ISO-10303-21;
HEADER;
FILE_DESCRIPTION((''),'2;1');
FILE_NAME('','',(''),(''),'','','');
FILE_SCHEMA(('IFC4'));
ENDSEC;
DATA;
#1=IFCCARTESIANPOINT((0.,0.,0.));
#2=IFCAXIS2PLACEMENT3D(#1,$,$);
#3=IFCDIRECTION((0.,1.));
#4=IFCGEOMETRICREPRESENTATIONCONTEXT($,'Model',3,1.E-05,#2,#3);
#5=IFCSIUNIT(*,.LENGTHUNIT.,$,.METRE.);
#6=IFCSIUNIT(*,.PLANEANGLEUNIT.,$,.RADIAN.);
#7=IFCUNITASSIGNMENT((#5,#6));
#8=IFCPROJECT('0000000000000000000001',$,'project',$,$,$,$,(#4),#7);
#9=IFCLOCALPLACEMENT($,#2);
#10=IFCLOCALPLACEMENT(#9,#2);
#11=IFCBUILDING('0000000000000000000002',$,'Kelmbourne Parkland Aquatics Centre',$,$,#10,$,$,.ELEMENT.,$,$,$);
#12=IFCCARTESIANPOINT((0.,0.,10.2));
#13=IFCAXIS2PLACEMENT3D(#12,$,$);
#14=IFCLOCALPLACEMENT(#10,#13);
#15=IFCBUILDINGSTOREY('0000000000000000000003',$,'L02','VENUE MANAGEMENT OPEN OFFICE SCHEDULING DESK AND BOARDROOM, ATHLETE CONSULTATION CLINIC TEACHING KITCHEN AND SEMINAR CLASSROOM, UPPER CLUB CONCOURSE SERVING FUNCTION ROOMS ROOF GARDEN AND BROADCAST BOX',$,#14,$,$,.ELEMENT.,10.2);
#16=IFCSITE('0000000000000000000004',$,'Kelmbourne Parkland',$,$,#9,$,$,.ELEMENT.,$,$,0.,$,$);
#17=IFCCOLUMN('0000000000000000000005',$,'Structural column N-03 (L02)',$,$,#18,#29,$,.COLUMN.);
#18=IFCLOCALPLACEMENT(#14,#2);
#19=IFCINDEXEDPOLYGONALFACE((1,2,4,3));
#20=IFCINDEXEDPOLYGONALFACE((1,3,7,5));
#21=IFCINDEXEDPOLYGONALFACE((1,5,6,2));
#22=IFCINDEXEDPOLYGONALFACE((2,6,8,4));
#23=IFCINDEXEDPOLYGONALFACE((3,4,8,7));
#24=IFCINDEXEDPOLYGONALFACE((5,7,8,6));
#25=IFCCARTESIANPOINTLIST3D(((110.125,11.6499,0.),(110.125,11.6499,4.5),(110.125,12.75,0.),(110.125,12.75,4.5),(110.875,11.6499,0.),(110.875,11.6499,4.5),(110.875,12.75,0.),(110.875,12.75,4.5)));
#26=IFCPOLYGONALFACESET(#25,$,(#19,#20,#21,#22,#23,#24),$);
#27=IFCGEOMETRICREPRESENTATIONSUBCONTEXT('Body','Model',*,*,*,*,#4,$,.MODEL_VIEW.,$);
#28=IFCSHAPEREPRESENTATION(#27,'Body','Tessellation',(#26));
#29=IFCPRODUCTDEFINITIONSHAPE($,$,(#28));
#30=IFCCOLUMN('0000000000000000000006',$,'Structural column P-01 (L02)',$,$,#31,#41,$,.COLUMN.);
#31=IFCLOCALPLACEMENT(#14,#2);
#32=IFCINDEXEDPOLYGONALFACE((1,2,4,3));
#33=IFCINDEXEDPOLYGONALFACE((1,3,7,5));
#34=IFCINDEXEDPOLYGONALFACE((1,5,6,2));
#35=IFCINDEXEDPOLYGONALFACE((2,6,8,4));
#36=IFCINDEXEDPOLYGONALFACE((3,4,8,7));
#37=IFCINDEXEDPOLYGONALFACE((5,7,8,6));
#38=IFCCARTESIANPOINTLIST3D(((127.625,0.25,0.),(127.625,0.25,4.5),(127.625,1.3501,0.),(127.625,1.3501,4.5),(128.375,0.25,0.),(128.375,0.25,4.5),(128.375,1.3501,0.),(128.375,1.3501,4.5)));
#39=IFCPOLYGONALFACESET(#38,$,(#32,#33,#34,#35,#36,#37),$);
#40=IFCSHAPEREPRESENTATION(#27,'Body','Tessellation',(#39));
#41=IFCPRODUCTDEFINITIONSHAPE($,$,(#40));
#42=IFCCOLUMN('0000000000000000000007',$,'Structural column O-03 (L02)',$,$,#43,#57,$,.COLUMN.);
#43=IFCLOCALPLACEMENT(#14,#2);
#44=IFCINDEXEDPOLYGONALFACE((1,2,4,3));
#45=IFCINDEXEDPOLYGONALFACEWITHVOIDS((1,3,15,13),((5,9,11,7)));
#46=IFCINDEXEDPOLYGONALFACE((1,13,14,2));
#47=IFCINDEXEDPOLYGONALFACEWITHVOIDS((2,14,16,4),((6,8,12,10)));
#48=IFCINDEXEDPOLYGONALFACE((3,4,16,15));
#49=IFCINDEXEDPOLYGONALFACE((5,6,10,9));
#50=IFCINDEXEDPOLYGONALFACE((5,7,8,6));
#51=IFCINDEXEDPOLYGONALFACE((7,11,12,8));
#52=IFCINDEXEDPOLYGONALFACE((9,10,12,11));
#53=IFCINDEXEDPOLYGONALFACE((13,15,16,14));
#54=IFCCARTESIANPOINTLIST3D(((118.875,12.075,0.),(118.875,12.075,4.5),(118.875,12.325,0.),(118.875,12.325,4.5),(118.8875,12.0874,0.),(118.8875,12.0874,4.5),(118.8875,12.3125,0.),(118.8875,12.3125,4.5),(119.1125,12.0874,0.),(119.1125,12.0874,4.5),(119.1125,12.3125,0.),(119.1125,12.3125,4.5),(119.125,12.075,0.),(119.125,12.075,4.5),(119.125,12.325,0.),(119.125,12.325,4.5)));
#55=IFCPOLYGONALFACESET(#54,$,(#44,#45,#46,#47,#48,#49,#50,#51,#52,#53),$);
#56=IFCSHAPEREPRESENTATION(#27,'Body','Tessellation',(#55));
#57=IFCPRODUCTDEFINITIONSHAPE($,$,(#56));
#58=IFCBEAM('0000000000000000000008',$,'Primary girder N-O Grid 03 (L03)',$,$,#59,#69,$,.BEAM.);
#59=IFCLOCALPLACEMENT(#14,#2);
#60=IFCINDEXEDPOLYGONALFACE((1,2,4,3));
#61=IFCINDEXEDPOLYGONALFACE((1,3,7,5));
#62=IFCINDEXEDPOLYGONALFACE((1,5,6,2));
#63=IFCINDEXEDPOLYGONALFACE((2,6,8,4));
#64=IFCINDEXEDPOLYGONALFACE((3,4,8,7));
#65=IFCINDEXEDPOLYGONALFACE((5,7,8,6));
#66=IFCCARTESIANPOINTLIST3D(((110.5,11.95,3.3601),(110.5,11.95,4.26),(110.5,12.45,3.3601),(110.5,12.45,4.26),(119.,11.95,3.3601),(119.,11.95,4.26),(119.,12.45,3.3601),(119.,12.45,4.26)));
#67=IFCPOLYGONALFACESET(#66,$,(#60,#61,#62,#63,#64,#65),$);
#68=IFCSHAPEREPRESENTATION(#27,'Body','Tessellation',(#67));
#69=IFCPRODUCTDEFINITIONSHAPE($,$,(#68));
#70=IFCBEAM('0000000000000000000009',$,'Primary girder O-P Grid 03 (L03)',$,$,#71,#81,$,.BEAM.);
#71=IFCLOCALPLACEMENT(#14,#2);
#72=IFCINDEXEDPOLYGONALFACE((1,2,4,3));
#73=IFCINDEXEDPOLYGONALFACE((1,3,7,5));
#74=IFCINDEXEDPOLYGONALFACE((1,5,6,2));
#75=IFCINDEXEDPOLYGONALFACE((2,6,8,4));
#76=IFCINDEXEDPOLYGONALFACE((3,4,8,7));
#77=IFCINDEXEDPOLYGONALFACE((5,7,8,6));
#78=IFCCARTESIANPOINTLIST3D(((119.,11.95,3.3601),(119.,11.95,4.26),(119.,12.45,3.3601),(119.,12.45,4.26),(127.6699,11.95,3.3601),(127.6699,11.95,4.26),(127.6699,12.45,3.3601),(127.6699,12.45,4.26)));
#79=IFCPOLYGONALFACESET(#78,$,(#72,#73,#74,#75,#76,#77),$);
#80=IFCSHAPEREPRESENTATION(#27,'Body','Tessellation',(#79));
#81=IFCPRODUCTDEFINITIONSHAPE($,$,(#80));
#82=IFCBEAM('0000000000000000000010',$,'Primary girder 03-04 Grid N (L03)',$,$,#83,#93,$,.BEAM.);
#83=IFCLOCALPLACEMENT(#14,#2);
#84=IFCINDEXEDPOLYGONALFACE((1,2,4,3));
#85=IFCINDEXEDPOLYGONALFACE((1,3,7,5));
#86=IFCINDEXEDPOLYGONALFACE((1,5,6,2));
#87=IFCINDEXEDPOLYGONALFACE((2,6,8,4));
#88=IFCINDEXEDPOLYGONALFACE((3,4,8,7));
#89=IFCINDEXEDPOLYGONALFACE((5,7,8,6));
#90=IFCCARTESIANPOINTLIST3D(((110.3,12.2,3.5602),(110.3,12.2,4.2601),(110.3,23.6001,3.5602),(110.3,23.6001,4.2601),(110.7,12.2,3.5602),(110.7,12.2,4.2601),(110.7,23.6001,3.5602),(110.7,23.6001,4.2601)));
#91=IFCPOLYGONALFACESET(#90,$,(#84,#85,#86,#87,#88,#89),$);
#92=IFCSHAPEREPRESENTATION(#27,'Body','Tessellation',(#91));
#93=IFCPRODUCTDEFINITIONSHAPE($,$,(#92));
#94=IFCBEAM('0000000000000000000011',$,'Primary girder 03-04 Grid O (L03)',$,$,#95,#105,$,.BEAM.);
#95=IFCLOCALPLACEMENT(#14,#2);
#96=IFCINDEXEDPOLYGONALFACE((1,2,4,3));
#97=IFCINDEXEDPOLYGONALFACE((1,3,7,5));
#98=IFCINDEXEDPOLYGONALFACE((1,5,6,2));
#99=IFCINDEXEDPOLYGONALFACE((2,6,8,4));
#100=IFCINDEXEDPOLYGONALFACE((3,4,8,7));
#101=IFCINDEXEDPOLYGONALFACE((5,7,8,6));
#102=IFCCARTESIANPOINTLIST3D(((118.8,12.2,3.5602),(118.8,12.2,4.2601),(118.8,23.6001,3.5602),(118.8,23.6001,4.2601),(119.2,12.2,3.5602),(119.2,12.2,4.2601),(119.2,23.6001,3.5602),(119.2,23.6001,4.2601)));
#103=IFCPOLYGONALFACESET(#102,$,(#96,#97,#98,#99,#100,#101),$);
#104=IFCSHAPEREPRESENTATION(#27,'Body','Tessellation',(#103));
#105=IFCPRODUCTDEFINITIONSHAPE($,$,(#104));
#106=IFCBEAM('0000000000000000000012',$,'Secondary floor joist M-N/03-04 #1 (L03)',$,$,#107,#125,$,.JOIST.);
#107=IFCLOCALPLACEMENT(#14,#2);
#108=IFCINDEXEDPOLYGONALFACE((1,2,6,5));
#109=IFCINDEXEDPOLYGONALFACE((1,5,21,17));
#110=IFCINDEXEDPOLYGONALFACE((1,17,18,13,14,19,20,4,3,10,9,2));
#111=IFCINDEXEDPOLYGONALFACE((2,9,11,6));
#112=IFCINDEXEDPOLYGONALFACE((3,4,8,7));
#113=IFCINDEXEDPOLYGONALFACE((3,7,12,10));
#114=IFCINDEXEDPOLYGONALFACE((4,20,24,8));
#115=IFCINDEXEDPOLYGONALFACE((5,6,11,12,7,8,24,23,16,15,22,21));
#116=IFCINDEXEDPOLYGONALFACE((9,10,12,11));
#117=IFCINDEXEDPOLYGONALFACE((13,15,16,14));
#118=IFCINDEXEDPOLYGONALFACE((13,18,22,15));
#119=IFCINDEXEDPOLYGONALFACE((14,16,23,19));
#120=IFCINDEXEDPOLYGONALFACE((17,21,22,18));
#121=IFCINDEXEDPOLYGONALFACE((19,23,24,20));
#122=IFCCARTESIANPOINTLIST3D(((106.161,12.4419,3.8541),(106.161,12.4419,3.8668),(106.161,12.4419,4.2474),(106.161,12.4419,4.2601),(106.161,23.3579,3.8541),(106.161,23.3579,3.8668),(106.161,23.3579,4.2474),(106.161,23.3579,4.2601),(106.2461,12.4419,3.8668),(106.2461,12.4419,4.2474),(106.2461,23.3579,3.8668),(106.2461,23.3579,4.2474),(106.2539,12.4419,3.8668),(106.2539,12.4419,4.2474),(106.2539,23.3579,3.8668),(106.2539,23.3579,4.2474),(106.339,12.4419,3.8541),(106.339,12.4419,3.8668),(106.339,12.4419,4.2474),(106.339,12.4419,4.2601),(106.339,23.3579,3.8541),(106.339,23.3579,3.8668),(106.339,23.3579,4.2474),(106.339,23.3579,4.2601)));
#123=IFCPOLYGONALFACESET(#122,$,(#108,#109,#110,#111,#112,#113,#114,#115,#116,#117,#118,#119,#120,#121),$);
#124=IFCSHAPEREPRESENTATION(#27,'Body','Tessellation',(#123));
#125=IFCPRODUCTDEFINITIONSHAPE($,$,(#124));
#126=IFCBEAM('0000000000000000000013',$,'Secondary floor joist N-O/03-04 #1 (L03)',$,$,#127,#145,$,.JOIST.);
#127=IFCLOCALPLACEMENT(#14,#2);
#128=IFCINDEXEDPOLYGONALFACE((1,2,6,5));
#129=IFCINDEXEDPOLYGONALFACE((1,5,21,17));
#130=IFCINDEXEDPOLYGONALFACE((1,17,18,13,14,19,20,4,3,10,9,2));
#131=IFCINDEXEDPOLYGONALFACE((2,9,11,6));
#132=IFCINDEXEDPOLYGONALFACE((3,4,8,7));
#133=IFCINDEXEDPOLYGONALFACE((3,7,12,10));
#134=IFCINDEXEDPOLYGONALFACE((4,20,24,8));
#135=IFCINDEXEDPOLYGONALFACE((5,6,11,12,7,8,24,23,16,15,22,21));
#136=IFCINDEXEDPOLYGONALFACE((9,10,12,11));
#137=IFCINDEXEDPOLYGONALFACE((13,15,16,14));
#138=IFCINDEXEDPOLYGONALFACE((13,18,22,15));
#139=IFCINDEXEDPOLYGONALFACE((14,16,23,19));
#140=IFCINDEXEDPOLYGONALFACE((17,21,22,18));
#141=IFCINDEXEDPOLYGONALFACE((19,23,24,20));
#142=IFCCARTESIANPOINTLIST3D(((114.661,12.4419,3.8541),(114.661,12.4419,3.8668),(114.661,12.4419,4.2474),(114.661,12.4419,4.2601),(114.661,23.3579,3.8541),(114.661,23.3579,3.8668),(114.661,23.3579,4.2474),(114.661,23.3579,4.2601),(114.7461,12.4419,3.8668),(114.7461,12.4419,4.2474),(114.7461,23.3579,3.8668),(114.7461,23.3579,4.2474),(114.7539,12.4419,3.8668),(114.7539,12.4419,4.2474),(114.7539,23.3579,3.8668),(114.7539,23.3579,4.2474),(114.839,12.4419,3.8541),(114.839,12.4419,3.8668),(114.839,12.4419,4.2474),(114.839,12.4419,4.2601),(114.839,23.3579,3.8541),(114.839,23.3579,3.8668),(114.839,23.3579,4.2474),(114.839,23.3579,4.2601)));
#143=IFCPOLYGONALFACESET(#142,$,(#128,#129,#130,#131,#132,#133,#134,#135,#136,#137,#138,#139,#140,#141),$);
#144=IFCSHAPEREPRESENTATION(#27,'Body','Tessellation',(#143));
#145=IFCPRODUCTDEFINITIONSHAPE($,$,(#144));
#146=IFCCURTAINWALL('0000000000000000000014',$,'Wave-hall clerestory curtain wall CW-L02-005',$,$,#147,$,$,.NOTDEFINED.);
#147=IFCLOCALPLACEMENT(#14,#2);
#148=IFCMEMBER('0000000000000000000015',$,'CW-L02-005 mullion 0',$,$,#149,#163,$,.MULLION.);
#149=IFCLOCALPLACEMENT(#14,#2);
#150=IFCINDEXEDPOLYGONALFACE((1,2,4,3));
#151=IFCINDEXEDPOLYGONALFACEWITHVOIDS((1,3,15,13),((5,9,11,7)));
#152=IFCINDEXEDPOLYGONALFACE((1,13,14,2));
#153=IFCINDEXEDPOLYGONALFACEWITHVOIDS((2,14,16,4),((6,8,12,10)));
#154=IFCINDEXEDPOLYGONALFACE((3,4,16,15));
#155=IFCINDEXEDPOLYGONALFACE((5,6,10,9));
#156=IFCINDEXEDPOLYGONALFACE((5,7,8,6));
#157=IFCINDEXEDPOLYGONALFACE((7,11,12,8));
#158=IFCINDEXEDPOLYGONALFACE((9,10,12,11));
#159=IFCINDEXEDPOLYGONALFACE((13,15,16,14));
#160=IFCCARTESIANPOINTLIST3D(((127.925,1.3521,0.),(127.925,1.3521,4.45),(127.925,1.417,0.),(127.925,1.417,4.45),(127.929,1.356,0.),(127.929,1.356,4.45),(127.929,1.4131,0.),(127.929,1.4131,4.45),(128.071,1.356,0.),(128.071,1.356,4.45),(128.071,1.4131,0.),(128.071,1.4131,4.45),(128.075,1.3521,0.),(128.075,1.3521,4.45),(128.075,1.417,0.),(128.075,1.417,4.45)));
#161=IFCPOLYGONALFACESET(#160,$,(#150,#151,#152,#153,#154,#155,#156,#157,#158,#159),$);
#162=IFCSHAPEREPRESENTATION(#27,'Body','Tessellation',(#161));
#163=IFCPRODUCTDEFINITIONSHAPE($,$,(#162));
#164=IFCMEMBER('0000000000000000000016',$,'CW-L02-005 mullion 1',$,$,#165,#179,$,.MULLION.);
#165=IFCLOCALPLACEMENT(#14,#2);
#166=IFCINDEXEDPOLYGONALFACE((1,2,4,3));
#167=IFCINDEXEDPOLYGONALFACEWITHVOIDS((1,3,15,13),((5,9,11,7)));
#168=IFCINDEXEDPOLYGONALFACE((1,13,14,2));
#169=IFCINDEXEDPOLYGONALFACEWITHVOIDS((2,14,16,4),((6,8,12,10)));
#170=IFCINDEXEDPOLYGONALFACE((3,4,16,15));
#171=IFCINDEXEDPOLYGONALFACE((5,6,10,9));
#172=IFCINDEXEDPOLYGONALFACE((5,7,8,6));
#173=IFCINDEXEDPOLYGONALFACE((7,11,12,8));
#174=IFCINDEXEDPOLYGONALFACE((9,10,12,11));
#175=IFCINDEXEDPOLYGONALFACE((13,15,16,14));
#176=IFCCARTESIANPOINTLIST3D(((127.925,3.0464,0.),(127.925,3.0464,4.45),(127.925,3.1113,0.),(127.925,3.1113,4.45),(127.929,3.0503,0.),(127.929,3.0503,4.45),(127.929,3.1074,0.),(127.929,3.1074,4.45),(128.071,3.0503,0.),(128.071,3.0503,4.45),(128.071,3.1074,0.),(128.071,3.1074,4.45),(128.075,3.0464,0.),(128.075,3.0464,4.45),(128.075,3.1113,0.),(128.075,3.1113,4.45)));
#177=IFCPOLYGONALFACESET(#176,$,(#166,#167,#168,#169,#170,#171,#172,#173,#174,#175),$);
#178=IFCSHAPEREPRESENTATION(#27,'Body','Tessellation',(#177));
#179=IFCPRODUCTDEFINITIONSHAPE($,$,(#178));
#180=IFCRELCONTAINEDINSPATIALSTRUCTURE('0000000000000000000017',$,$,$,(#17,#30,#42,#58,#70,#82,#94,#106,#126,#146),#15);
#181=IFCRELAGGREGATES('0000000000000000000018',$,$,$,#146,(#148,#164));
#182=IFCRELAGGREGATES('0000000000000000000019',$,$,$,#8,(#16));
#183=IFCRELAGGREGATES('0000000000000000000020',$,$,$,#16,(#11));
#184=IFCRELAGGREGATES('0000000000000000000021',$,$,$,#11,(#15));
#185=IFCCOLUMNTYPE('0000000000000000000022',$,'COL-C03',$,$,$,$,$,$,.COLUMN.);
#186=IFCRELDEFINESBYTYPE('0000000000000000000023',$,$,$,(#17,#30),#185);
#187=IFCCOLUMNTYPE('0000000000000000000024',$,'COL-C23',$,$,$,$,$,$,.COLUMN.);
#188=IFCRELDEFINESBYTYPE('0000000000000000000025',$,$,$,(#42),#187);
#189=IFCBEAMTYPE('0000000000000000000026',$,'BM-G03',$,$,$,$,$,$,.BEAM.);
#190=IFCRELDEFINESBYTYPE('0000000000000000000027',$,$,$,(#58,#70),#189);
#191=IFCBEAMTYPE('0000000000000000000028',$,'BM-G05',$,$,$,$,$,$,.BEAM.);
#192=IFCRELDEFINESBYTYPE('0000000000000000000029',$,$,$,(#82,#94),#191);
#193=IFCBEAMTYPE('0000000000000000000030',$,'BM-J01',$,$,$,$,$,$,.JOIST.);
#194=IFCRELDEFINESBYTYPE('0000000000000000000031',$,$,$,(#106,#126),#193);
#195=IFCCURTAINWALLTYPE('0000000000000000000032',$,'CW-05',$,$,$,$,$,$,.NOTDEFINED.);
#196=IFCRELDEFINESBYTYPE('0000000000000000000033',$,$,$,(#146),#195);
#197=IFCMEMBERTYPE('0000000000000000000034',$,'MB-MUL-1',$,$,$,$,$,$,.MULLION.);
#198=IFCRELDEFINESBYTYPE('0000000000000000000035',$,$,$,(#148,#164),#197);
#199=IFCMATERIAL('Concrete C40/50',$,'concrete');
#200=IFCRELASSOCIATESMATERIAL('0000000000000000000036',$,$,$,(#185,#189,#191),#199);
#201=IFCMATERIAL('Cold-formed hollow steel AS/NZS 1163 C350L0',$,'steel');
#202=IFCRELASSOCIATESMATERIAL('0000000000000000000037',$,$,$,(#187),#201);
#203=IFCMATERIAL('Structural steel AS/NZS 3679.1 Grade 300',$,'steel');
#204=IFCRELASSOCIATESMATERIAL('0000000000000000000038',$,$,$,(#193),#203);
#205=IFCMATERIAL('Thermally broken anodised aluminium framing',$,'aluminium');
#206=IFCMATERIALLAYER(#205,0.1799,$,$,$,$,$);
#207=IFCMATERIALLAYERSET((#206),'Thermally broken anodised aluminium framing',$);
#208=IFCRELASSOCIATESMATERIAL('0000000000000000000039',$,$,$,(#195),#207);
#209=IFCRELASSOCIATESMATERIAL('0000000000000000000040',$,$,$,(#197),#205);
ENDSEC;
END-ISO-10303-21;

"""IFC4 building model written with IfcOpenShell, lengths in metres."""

from ifc_helpers import new_model, si_unit, direction, frame, origin, origin_2d, place, context, subcontext, project, spatial, rectangle, hollow_rectangle, i_section, extrude, material, layer, layer_set, material_profile, profile_set, type_object, element, aggregate, save


model = new_model("IFC4")

# Units and contexts
model_context = context("Model", 3, precision=1e-05, world=origin(), true_north=direction((0.0, 1.0)))
body_context = subcontext(model_context, "Body", "Model", "MODEL_VIEW")
ifc_project = project(units=[si_unit("LENGTHUNIT", "METRE"), si_unit("PLANEANGLEUNIT", "RADIAN")], contexts=[model_context])

# Site, building, storey
site_placement = place(None, origin())
site = spatial("IfcSite", under=ifc_project, at=site_placement, Name="Kelmbourne Parkland", CompositionType="ELEMENT", RefElevation=0.0)
building_placement = place(site_placement, origin())
building = spatial("IfcBuilding", under=site, at=building_placement, Name="Kelmbourne Parkland Aquatics Centre", CompositionType="ELEMENT")
storey_placement = place(building_placement, frame((0.0, 0.0, 10.2)))
storey = spatial("IfcBuildingStorey", under=building, at=storey_placement, Name="L02", Description="VENUE MANAGEMENT OPEN OFFICE SCHEDULING DESK AND BOARDROOM, ATHLETE CONSULTATION CLINIC TEACHING KITCHEN AND SEMINAR CLASSROOM, UPPER CLUB CONCOURSE SERVING FUNCTION ROOMS ROOF GARDEN AND BROADCAST BOX", CompositionType="ELEMENT", Elevation=10.2)

# Columns
ifc_material_1 = material(Name="Concrete C40/50", Category="concrete")
ifc_material_profile_1 = material_profile(ifc_material_1, rectangle(XDim=0.75, YDim=1.1001, at=origin_2d()), Name="RC 750x1100")
ifc_profile_set_1 = profile_set([ifc_material_profile_1], Name="Concrete C40/50")
column_type_1 = type_object("IfcColumnType", Name="COL-C03", PredefinedType="COLUMN", material=ifc_profile_set_1)
for number, where, z_axis, x_axis, name in (
    (1, (110.5, 12.2, 0.0), (0.0, 0.0, 1.0), (1.0, 0.0, 0.0), "Structural column N-03 (L02)"),
    (2, (128.0, 0.8, 0.0), (0.0, 0.0, 1.0), (1.0, 0.0, 0.0), "Structural column P-01 (L02)"),
):
    element("IfcColumn", number, at=place(storey_placement, frame(where, z_axis=z_axis, x_axis=x_axis)), inside=storey, type_object=column_type_1, Name=name, PredefinedType="COLUMN", context=body_context, shape_type="SweptSolid", body=[
        extrude(rectangle(XDim=0.75, YDim=1.1001, at=origin_2d()), origin(), (0.0, 0.0, 1.0), 4.5),
    ])
ifc_material_2 = material(Name="Cold-formed hollow steel AS/NZS 1163 C350L0", Category="steel")
ifc_material_profile_2 = material_profile(ifc_material_2, hollow_rectangle(XDim=0.25, YDim=0.25, WallThickness=0.0125, at=origin_2d()), Name="SHS 250x250x12.5")
ifc_profile_set_2 = profile_set([ifc_material_profile_2], Name="Cold-formed hollow steel AS/NZS 1163 C350L0")
column_type_2 = type_object("IfcColumnType", Name="COL-C23", PredefinedType="COLUMN", material=ifc_profile_set_2)
column_placement = place(storey_placement, frame((119.0, 12.2, 0.0), z_axis=(0.0, 0.0, 1.0), x_axis=(1.0, 0.0, 0.0)))
element("IfcColumn", 3, at=column_placement, inside=storey, type_object=column_type_2, Name="Structural column O-03 (L02)", PredefinedType="COLUMN", context=body_context, shape_type="SweptSolid", body=[
    extrude(hollow_rectangle(XDim=0.25, YDim=0.25, WallThickness=0.0125, at=origin_2d()), origin(), (0.0, 0.0, 1.0), 4.5),
])

# Beams
ifc_material_profile_3 = material_profile(ifc_material_1, rectangle(XDim=0.5, YDim=0.8999, at=origin_2d()), Name="RC 500x900")
ifc_profile_set_3 = profile_set([ifc_material_profile_3], Name="Concrete C40/50")
beam_type_1 = type_object("IfcBeamType", Name="BM-G03", PredefinedType="BEAM", material=ifc_profile_set_3)
beam_1_placement = place(storey_placement, frame((110.5, 12.2, 3.8101), z_axis=(1.0, 0.0, 0.0), x_axis=(0.0, 1.0, 0.0)))
element("IfcBeam", 4, at=beam_1_placement, inside=storey, type_object=beam_type_1, Name="Primary girder N-O Grid 03 (L03)", PredefinedType="BEAM", context=body_context, shape_type="SweptSolid", body=[
    extrude(rectangle(XDim=0.5, YDim=0.8999, at=origin_2d()), origin(), (0.0, 0.0, 1.0), 8.5),
])
beam_2_placement = place(storey_placement, frame((119.0, 12.2, 3.8101), z_axis=(1.0, 0.0, 0.0), x_axis=(0.0, 1.0, 0.0)))
element("IfcBeam", 5, at=beam_2_placement, inside=storey, type_object=beam_type_1, Name="Primary girder O-P Grid 03 (L03)", PredefinedType="BEAM", context=body_context, shape_type="SweptSolid", body=[
    extrude(rectangle(XDim=0.5, YDim=0.8999, at=origin_2d()), origin(), (0.0, 0.0, 1.0), 8.6699),
])
ifc_material_profile_4 = material_profile(ifc_material_1, rectangle(XDim=0.3999, YDim=0.7, at=origin_2d()), Name="RC 400x700")
ifc_profile_set_4 = profile_set([ifc_material_profile_4], Name="Concrete C40/50")
beam_type_2 = type_object("IfcBeamType", Name="BM-G05", PredefinedType="BEAM", material=ifc_profile_set_4)
for number, where, z_axis, x_axis, name in (
    (6, (110.5, 12.2, 3.9102), (0.0, 1.0, 0.0), (-1.0, 0.0, 0.0), "Primary girder 03-04 Grid N (L03)"),
    (7, (119.0, 12.2, 3.9102), (0.0, 1.0, 0.0), (-1.0, 0.0, 0.0), "Primary girder 03-04 Grid O (L03)"),
):
    element("IfcBeam", number, at=place(storey_placement, frame(where, z_axis=z_axis, x_axis=x_axis)), inside=storey, type_object=beam_type_2, Name=name, PredefinedType="BEAM", context=body_context, shape_type="SweptSolid", body=[
        extrude(rectangle(XDim=0.3999, YDim=0.7, at=origin_2d()), origin(), (0.0, 0.0, 1.0), 11.4001),
    ])
ifc_material_3 = material(Name="Structural steel AS/NZS 3679.1 Grade 300", Category="steel")
ifc_material_profile_5 = material_profile(ifc_material_3, i_section(OverallWidth=0.178, OverallDepth=0.406, WebThickness=0.0078, FlangeThickness=0.0127, at=origin_2d()), Name="410UB59.7")
ifc_profile_set_5 = profile_set([ifc_material_profile_5], Name="Structural steel AS/NZS 3679.1 Grade 300")
beam_type_3 = type_object("IfcBeamType", Name="BM-J01", PredefinedType="JOIST", material=ifc_profile_set_5)
for number, where, z_axis, x_axis, name in (
    (8, (106.25, 12.4419, 4.0571), (0.0, 1.0, 0.0), (-1.0, 0.0, 0.0), "Secondary floor joist M-N/03-04 #1 (L03)"),
    (9, (114.75, 12.4419, 4.0571), (0.0, 1.0, 0.0), (-1.0, 0.0, 0.0), "Secondary floor joist N-O/03-04 #1 (L03)"),
):
    element("IfcBeam", number, at=place(storey_placement, frame(where, z_axis=z_axis, x_axis=x_axis)), inside=storey, type_object=beam_type_3, Name=name, PredefinedType="JOIST", context=body_context, shape_type="SweptSolid", body=[
        extrude(i_section(OverallWidth=0.178, OverallDepth=0.406, WebThickness=0.0078, FlangeThickness=0.0127, at=origin_2d()), origin(), (0.0, 0.0, 1.0), 10.916),
    ])

# Curtain wall, members
ifc_material_4 = material(Name="Thermally broken anodised aluminium framing", Category="aluminium")
ifc_layer_1 = layer(ifc_material_4, 0.1799)
ifc_layer_set_1 = layer_set([ifc_layer_1], Name="Thermally broken anodised aluminium framing")
curtain_wall_type = type_object("IfcCurtainWallType", Name="CW-05", PredefinedType="NOTDEFINED", material=ifc_layer_set_1)
curtain_wall_placement = place(storey_placement, origin())
curtain_wall = element("IfcCurtainWall", 10, at=curtain_wall_placement, inside=storey, type_object=curtain_wall_type, Name="Wave-hall clerestory curtain wall CW-L02-005", PredefinedType="NOTDEFINED")
ifc_material_profile_6 = material_profile(ifc_material_4, hollow_rectangle(XDim=0.0649, YDim=0.1499, WallThickness=0.0039, at=origin_2d()), Name="CW-M 65x150")
ifc_profile_set_6 = profile_set([ifc_material_profile_6], Name="Thermally broken anodised aluminium framing")
member_type_1 = type_object("IfcMemberType", Name="MB-MUL-1", PredefinedType="MULLION", material=ifc_profile_set_6)
member_1_placement = place(storey_placement, frame((128.0, 1.3845, 0.0), z_axis=(0.0, 0.0, 1.0), x_axis=(0.0, 1.0, 0.0)))
member_1 = element("IfcMember", 11, at=member_1_placement, type_object=member_type_1, Name="CW-L02-005 mullion 0", PredefinedType="MULLION", context=body_context, shape_type="SweptSolid", body=[
    extrude(hollow_rectangle(XDim=0.0649, YDim=0.1499, WallThickness=0.0039, at=origin_2d()), origin(), (0.0, 0.0, 1.0), 4.45),
])
member_2_placement = place(storey_placement, frame((128.0, 3.0789, 0.0), z_axis=(0.0, 0.0, 1.0), x_axis=(0.0, 1.0, 0.0)))
member_2 = element("IfcMember", 12, at=member_2_placement, type_object=member_type_1, Name="CW-L02-005 mullion 1", PredefinedType="MULLION", context=body_context, shape_type="SweptSolid", body=[
    extrude(hollow_rectangle(XDim=0.0649, YDim=0.1499, WallThickness=0.0039, at=origin_2d()), origin(), (0.0, 0.0, 1.0), 4.45),
])

aggregate(curtain_wall, [member_1, member_2])

save(model, "model.ifc")
